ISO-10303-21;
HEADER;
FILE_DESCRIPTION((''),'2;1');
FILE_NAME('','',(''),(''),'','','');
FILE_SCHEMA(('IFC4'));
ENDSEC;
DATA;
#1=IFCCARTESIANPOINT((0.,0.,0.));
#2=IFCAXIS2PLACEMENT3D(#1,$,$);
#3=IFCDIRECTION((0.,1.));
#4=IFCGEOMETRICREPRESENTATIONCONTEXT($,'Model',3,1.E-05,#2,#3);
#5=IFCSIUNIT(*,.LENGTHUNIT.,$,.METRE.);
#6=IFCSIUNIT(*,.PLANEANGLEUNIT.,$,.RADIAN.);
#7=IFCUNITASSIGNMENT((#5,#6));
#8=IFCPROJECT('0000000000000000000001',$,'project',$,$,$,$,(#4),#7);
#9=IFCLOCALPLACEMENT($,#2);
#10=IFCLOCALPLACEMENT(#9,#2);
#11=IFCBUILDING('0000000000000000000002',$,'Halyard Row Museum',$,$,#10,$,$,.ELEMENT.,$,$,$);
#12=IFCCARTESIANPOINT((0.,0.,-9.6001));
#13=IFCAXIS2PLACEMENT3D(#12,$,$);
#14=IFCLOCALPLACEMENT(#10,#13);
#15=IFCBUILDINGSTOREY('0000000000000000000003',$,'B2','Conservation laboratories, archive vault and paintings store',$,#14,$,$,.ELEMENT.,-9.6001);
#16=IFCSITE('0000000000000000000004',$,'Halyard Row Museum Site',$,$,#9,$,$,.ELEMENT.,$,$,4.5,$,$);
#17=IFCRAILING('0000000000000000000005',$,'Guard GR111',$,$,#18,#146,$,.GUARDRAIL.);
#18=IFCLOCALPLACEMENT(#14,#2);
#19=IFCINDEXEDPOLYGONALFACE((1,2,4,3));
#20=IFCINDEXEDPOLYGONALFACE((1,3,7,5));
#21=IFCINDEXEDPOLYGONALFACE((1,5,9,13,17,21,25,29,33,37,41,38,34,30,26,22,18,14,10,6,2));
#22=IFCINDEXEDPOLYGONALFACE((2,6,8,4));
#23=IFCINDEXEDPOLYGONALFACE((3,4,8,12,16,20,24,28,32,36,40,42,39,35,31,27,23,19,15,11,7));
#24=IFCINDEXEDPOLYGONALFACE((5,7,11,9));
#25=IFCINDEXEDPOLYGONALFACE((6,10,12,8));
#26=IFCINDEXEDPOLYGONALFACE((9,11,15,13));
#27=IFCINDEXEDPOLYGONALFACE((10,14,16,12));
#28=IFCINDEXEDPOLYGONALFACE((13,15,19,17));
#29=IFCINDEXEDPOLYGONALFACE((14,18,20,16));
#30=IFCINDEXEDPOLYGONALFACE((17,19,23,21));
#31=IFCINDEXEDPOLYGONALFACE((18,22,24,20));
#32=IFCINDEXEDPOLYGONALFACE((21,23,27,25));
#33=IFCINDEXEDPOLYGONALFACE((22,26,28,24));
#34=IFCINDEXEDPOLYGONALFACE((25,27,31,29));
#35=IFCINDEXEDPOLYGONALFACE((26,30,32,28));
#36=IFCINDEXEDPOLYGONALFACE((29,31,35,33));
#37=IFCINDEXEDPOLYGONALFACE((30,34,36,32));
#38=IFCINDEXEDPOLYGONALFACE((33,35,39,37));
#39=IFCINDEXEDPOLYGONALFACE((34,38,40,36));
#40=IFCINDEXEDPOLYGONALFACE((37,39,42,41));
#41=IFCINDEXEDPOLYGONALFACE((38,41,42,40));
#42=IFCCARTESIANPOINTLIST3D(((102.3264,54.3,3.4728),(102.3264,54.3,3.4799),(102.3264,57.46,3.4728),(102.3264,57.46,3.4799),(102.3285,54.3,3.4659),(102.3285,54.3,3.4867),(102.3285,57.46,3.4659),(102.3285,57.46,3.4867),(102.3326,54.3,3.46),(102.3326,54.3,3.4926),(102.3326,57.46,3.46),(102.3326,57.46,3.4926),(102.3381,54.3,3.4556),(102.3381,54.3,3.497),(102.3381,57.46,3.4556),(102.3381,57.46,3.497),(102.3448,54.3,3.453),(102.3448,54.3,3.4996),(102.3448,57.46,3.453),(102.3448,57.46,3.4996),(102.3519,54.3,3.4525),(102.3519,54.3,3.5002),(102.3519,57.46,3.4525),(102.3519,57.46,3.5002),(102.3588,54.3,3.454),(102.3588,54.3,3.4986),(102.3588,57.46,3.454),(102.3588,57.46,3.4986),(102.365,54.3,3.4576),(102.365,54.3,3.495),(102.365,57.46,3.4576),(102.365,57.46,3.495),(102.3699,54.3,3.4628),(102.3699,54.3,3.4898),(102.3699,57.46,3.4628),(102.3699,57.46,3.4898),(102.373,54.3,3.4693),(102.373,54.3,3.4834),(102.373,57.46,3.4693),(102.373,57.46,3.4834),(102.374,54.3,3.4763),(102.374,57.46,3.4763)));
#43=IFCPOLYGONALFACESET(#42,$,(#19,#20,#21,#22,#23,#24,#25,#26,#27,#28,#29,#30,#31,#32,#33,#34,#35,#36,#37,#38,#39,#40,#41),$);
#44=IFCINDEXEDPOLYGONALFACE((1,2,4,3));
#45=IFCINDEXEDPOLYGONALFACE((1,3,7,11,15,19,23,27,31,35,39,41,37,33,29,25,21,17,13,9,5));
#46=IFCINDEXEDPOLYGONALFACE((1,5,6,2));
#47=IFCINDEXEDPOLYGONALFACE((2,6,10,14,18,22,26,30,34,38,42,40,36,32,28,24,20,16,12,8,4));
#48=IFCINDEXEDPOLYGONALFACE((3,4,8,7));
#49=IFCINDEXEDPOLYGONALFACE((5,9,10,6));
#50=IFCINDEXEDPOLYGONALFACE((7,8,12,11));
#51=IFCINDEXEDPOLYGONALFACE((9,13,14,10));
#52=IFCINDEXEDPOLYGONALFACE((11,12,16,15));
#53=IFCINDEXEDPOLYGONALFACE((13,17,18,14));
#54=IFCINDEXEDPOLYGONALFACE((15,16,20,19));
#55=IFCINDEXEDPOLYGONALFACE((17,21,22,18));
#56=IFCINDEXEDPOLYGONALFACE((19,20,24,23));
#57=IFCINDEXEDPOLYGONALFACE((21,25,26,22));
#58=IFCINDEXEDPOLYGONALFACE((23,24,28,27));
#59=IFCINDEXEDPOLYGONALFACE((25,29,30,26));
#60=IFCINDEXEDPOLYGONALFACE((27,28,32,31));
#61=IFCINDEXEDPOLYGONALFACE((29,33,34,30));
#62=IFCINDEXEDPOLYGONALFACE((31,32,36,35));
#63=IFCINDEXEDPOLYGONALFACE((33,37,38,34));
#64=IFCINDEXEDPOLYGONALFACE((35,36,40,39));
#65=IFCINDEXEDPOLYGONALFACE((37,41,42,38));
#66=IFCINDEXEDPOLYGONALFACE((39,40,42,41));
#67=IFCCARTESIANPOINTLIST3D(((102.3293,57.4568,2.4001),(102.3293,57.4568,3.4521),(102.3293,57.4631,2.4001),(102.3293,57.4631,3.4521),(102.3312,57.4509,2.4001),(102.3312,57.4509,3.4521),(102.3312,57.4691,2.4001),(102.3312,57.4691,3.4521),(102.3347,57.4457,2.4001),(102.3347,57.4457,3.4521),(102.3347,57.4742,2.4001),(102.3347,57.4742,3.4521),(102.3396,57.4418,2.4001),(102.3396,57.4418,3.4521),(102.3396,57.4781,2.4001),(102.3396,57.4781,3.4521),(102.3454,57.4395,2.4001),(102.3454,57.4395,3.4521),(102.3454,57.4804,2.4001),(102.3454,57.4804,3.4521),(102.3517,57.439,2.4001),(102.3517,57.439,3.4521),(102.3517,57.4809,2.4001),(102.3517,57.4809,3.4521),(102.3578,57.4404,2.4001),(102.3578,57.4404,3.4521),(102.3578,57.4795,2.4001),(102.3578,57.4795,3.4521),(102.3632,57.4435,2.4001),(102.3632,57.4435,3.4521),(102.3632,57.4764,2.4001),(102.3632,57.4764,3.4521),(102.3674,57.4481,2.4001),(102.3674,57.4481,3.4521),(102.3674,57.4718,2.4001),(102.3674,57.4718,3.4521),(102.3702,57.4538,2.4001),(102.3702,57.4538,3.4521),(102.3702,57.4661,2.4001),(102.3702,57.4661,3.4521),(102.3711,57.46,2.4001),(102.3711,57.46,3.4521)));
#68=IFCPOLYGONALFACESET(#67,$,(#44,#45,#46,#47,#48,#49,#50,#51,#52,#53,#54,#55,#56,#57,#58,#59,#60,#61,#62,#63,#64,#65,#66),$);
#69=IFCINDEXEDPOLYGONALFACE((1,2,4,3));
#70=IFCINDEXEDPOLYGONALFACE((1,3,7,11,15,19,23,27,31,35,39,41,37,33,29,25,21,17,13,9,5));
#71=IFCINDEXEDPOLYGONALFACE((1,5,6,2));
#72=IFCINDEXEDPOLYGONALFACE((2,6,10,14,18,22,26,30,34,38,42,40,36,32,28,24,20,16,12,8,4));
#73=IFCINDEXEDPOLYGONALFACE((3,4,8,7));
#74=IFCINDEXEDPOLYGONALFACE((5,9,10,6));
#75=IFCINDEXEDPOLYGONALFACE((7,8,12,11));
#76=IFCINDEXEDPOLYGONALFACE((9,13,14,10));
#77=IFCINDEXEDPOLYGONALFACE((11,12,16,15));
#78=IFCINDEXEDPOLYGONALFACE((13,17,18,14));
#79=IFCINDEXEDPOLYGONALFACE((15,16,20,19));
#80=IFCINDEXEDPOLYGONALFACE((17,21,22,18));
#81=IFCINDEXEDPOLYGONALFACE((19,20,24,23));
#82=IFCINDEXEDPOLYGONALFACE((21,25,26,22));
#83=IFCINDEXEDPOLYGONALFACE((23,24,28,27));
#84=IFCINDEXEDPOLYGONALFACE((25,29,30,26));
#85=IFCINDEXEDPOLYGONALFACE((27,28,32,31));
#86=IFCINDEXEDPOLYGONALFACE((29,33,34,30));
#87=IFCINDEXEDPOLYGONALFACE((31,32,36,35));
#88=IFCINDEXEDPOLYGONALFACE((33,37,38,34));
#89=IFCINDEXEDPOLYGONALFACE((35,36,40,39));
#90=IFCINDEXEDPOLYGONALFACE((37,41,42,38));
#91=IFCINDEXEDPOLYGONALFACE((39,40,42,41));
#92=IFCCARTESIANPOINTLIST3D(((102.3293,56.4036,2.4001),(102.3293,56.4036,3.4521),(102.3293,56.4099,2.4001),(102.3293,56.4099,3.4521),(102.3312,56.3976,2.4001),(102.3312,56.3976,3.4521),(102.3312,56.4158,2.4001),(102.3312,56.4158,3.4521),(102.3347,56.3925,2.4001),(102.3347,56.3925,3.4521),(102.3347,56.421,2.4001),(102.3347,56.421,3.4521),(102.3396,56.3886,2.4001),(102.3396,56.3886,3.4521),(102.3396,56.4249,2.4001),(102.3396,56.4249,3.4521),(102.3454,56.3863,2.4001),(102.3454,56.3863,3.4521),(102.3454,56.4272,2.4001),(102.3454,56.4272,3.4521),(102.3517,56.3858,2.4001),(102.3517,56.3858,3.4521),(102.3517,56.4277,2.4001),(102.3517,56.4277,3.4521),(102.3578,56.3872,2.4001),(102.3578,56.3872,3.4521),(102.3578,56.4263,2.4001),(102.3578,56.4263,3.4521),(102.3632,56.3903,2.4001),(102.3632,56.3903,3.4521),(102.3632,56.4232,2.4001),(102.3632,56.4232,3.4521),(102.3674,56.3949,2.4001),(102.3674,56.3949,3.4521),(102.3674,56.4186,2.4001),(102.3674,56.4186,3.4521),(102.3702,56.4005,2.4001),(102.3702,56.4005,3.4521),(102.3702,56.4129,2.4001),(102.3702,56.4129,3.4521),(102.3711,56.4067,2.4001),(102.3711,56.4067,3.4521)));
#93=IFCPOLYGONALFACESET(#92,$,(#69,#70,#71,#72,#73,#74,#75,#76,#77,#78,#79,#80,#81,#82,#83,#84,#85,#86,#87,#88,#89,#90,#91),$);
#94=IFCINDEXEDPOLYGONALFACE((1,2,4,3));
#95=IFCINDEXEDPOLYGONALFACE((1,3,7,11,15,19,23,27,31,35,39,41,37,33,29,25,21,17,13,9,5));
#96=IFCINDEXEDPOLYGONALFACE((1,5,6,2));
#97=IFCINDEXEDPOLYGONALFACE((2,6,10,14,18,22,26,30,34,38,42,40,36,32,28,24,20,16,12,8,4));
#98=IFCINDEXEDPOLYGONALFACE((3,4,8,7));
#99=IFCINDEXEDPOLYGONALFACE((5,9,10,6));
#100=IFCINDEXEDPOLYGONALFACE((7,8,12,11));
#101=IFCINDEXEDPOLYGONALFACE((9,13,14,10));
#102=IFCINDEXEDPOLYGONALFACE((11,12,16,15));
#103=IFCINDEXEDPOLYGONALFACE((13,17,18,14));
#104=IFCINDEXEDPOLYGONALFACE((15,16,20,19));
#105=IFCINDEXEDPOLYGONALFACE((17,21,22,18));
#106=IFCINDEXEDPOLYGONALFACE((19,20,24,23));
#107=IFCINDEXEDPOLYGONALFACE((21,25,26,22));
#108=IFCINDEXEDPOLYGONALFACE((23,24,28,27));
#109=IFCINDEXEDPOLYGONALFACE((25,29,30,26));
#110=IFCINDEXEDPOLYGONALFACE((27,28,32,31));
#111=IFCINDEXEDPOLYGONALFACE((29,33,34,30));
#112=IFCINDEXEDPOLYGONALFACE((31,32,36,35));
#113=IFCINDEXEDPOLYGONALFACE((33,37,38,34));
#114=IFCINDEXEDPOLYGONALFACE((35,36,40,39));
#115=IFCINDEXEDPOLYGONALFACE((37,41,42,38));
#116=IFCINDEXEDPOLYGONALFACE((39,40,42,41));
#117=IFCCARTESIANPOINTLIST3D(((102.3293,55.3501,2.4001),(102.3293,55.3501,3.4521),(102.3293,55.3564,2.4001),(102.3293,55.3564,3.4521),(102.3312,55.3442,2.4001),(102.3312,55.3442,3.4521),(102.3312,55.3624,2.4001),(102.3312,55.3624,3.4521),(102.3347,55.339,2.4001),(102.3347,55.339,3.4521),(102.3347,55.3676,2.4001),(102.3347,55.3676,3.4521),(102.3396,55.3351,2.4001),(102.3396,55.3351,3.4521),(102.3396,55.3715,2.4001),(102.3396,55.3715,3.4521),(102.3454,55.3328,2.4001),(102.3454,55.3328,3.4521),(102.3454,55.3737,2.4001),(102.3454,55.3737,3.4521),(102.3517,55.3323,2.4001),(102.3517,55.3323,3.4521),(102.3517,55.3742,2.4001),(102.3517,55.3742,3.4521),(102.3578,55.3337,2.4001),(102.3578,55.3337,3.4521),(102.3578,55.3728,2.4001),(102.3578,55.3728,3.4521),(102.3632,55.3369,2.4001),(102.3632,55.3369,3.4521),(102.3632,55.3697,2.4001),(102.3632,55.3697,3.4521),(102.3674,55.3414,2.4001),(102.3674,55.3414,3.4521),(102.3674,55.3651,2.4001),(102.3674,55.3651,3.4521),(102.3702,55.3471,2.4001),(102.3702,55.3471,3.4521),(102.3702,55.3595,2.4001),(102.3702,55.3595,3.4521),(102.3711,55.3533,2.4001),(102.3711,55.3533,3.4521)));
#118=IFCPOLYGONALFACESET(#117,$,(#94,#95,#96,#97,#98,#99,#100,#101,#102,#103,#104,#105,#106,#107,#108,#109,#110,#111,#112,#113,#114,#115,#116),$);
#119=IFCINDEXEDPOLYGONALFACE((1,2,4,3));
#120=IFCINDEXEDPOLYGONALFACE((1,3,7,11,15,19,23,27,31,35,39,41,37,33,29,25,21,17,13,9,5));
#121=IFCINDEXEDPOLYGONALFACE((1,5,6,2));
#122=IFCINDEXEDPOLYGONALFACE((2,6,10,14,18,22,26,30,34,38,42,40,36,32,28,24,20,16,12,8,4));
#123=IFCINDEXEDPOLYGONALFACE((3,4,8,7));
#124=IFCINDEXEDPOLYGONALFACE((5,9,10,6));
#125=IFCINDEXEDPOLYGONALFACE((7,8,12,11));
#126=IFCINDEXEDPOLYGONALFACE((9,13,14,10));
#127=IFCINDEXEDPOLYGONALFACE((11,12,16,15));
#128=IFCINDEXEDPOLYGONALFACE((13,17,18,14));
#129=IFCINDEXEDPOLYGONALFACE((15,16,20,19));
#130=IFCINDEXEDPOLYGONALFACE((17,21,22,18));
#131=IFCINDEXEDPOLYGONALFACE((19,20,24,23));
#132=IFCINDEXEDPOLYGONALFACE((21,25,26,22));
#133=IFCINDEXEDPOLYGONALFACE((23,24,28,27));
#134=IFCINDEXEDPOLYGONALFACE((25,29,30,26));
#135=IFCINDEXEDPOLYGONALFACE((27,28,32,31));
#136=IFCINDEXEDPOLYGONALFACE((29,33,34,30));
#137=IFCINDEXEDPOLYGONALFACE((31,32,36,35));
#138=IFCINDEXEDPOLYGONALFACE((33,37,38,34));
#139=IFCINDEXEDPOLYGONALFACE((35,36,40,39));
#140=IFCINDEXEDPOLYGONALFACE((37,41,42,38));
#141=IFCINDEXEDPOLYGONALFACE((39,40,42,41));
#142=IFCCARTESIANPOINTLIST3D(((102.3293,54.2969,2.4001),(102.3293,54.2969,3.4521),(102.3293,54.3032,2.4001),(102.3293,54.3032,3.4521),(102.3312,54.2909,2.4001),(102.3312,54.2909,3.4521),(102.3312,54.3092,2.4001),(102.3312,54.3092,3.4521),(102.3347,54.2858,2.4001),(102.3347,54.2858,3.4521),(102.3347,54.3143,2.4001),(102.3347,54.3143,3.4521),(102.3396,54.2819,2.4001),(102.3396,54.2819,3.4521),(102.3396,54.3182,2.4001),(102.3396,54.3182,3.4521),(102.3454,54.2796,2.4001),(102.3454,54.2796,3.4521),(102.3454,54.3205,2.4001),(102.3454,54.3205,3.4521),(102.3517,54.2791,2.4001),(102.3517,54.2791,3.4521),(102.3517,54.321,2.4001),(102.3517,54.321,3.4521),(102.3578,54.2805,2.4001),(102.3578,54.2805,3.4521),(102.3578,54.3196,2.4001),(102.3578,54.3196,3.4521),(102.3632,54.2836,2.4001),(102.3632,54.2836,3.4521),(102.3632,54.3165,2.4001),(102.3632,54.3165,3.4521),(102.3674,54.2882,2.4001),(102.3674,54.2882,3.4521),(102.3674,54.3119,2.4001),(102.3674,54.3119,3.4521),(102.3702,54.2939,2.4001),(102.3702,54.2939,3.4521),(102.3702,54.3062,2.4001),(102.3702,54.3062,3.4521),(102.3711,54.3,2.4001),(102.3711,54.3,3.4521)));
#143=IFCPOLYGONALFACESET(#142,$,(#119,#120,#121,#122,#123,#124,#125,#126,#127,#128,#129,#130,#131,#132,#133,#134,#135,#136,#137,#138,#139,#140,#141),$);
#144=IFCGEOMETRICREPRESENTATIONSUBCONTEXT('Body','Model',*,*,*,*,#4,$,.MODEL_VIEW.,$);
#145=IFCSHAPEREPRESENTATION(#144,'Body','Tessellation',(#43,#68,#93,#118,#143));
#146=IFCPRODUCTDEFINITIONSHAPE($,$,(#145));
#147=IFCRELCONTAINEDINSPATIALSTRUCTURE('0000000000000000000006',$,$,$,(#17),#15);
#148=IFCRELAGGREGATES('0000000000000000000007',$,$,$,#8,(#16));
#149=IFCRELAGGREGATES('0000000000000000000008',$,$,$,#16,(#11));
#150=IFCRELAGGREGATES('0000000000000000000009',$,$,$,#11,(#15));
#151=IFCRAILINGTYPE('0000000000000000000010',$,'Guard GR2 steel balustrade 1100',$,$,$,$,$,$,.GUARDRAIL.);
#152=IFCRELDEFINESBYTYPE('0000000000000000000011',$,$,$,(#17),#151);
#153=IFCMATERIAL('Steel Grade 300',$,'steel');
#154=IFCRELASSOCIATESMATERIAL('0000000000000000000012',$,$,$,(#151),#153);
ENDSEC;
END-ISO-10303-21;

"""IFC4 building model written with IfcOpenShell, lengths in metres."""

from ifc_helpers import new_model, si_unit, direction, frame, origin, origin_2d, place, context, subcontext, project, spatial, circle, extrude, material, type_object, element, save


model = new_model("IFC4")

# Units and contexts
model_context = context("Model", 3, precision=1e-05, world=origin(), true_north=direction((0.0, 1.0)))
body_context = subcontext(model_context, "Body", "Model", "MODEL_VIEW")
ifc_project = project(units=[si_unit("LENGTHUNIT", "METRE"), si_unit("PLANEANGLEUNIT", "RADIAN")], contexts=[model_context])

# Site, building, storey
site_placement = place(None, origin())
site = spatial("IfcSite", under=ifc_project, at=site_placement, Name="Halyard Row Museum Site", CompositionType="ELEMENT", RefElevation=4.5)
building_placement = place(site_placement, origin())
building = spatial("IfcBuilding", under=site, at=building_placement, Name="Halyard Row Museum", CompositionType="ELEMENT")
storey_placement = place(building_placement, frame((0.0, 0.0, -9.6001)))
storey = spatial("IfcBuildingStorey", under=building, at=storey_placement, Name="B2", Description="Conservation laboratories, archive vault and paintings store", CompositionType="ELEMENT", Elevation=-9.6001)

# Railing
ifc_material_1 = material(Name="Steel Grade 300", Category="steel")
railing_type_1 = type_object("IfcRailingType", Name="Guard GR2 steel balustrade 1100", PredefinedType="GUARDRAIL", material=ifc_material_1)
railing_1_placement = place(storey_placement, frame((102.3501, 57.46, 2.4001)))
element("IfcRailing", 1, at=railing_1_placement, inside=storey, type_object=railing_type_1, Name="Guard GR111", PredefinedType="GUARDRAIL", context=body_context, shape_type="SweptSolid", body=[
    extrude(circle(Radius=0.0239, at=origin_2d()), frame((0.0, 0.0, 1.0762), z_axis=(0.0, -1.0, 0.0), x_axis=(1.0, 0.0, 0.0)), (0.0, 0.0, 1.0), 3.1599),
    extrude(circle(Radius=0.021, at=origin_2d()), origin(), (0.0, 0.0, 1.0), 1.052),
    extrude(circle(Radius=0.021, at=origin_2d()), frame((0.0, -1.0532, 0.0)), (0.0, 0.0, 1.0), 1.052),
    extrude(circle(Radius=0.021, at=origin_2d()), frame((0.0, -2.1067, 0.0)), (0.0, 0.0, 1.0), 1.052),
    extrude(circle(Radius=0.021, at=origin_2d()), frame((0.0, -3.1599, 0.0)), (0.0, 0.0, 1.0), 1.052),
])

save(model, "model.ifc")
